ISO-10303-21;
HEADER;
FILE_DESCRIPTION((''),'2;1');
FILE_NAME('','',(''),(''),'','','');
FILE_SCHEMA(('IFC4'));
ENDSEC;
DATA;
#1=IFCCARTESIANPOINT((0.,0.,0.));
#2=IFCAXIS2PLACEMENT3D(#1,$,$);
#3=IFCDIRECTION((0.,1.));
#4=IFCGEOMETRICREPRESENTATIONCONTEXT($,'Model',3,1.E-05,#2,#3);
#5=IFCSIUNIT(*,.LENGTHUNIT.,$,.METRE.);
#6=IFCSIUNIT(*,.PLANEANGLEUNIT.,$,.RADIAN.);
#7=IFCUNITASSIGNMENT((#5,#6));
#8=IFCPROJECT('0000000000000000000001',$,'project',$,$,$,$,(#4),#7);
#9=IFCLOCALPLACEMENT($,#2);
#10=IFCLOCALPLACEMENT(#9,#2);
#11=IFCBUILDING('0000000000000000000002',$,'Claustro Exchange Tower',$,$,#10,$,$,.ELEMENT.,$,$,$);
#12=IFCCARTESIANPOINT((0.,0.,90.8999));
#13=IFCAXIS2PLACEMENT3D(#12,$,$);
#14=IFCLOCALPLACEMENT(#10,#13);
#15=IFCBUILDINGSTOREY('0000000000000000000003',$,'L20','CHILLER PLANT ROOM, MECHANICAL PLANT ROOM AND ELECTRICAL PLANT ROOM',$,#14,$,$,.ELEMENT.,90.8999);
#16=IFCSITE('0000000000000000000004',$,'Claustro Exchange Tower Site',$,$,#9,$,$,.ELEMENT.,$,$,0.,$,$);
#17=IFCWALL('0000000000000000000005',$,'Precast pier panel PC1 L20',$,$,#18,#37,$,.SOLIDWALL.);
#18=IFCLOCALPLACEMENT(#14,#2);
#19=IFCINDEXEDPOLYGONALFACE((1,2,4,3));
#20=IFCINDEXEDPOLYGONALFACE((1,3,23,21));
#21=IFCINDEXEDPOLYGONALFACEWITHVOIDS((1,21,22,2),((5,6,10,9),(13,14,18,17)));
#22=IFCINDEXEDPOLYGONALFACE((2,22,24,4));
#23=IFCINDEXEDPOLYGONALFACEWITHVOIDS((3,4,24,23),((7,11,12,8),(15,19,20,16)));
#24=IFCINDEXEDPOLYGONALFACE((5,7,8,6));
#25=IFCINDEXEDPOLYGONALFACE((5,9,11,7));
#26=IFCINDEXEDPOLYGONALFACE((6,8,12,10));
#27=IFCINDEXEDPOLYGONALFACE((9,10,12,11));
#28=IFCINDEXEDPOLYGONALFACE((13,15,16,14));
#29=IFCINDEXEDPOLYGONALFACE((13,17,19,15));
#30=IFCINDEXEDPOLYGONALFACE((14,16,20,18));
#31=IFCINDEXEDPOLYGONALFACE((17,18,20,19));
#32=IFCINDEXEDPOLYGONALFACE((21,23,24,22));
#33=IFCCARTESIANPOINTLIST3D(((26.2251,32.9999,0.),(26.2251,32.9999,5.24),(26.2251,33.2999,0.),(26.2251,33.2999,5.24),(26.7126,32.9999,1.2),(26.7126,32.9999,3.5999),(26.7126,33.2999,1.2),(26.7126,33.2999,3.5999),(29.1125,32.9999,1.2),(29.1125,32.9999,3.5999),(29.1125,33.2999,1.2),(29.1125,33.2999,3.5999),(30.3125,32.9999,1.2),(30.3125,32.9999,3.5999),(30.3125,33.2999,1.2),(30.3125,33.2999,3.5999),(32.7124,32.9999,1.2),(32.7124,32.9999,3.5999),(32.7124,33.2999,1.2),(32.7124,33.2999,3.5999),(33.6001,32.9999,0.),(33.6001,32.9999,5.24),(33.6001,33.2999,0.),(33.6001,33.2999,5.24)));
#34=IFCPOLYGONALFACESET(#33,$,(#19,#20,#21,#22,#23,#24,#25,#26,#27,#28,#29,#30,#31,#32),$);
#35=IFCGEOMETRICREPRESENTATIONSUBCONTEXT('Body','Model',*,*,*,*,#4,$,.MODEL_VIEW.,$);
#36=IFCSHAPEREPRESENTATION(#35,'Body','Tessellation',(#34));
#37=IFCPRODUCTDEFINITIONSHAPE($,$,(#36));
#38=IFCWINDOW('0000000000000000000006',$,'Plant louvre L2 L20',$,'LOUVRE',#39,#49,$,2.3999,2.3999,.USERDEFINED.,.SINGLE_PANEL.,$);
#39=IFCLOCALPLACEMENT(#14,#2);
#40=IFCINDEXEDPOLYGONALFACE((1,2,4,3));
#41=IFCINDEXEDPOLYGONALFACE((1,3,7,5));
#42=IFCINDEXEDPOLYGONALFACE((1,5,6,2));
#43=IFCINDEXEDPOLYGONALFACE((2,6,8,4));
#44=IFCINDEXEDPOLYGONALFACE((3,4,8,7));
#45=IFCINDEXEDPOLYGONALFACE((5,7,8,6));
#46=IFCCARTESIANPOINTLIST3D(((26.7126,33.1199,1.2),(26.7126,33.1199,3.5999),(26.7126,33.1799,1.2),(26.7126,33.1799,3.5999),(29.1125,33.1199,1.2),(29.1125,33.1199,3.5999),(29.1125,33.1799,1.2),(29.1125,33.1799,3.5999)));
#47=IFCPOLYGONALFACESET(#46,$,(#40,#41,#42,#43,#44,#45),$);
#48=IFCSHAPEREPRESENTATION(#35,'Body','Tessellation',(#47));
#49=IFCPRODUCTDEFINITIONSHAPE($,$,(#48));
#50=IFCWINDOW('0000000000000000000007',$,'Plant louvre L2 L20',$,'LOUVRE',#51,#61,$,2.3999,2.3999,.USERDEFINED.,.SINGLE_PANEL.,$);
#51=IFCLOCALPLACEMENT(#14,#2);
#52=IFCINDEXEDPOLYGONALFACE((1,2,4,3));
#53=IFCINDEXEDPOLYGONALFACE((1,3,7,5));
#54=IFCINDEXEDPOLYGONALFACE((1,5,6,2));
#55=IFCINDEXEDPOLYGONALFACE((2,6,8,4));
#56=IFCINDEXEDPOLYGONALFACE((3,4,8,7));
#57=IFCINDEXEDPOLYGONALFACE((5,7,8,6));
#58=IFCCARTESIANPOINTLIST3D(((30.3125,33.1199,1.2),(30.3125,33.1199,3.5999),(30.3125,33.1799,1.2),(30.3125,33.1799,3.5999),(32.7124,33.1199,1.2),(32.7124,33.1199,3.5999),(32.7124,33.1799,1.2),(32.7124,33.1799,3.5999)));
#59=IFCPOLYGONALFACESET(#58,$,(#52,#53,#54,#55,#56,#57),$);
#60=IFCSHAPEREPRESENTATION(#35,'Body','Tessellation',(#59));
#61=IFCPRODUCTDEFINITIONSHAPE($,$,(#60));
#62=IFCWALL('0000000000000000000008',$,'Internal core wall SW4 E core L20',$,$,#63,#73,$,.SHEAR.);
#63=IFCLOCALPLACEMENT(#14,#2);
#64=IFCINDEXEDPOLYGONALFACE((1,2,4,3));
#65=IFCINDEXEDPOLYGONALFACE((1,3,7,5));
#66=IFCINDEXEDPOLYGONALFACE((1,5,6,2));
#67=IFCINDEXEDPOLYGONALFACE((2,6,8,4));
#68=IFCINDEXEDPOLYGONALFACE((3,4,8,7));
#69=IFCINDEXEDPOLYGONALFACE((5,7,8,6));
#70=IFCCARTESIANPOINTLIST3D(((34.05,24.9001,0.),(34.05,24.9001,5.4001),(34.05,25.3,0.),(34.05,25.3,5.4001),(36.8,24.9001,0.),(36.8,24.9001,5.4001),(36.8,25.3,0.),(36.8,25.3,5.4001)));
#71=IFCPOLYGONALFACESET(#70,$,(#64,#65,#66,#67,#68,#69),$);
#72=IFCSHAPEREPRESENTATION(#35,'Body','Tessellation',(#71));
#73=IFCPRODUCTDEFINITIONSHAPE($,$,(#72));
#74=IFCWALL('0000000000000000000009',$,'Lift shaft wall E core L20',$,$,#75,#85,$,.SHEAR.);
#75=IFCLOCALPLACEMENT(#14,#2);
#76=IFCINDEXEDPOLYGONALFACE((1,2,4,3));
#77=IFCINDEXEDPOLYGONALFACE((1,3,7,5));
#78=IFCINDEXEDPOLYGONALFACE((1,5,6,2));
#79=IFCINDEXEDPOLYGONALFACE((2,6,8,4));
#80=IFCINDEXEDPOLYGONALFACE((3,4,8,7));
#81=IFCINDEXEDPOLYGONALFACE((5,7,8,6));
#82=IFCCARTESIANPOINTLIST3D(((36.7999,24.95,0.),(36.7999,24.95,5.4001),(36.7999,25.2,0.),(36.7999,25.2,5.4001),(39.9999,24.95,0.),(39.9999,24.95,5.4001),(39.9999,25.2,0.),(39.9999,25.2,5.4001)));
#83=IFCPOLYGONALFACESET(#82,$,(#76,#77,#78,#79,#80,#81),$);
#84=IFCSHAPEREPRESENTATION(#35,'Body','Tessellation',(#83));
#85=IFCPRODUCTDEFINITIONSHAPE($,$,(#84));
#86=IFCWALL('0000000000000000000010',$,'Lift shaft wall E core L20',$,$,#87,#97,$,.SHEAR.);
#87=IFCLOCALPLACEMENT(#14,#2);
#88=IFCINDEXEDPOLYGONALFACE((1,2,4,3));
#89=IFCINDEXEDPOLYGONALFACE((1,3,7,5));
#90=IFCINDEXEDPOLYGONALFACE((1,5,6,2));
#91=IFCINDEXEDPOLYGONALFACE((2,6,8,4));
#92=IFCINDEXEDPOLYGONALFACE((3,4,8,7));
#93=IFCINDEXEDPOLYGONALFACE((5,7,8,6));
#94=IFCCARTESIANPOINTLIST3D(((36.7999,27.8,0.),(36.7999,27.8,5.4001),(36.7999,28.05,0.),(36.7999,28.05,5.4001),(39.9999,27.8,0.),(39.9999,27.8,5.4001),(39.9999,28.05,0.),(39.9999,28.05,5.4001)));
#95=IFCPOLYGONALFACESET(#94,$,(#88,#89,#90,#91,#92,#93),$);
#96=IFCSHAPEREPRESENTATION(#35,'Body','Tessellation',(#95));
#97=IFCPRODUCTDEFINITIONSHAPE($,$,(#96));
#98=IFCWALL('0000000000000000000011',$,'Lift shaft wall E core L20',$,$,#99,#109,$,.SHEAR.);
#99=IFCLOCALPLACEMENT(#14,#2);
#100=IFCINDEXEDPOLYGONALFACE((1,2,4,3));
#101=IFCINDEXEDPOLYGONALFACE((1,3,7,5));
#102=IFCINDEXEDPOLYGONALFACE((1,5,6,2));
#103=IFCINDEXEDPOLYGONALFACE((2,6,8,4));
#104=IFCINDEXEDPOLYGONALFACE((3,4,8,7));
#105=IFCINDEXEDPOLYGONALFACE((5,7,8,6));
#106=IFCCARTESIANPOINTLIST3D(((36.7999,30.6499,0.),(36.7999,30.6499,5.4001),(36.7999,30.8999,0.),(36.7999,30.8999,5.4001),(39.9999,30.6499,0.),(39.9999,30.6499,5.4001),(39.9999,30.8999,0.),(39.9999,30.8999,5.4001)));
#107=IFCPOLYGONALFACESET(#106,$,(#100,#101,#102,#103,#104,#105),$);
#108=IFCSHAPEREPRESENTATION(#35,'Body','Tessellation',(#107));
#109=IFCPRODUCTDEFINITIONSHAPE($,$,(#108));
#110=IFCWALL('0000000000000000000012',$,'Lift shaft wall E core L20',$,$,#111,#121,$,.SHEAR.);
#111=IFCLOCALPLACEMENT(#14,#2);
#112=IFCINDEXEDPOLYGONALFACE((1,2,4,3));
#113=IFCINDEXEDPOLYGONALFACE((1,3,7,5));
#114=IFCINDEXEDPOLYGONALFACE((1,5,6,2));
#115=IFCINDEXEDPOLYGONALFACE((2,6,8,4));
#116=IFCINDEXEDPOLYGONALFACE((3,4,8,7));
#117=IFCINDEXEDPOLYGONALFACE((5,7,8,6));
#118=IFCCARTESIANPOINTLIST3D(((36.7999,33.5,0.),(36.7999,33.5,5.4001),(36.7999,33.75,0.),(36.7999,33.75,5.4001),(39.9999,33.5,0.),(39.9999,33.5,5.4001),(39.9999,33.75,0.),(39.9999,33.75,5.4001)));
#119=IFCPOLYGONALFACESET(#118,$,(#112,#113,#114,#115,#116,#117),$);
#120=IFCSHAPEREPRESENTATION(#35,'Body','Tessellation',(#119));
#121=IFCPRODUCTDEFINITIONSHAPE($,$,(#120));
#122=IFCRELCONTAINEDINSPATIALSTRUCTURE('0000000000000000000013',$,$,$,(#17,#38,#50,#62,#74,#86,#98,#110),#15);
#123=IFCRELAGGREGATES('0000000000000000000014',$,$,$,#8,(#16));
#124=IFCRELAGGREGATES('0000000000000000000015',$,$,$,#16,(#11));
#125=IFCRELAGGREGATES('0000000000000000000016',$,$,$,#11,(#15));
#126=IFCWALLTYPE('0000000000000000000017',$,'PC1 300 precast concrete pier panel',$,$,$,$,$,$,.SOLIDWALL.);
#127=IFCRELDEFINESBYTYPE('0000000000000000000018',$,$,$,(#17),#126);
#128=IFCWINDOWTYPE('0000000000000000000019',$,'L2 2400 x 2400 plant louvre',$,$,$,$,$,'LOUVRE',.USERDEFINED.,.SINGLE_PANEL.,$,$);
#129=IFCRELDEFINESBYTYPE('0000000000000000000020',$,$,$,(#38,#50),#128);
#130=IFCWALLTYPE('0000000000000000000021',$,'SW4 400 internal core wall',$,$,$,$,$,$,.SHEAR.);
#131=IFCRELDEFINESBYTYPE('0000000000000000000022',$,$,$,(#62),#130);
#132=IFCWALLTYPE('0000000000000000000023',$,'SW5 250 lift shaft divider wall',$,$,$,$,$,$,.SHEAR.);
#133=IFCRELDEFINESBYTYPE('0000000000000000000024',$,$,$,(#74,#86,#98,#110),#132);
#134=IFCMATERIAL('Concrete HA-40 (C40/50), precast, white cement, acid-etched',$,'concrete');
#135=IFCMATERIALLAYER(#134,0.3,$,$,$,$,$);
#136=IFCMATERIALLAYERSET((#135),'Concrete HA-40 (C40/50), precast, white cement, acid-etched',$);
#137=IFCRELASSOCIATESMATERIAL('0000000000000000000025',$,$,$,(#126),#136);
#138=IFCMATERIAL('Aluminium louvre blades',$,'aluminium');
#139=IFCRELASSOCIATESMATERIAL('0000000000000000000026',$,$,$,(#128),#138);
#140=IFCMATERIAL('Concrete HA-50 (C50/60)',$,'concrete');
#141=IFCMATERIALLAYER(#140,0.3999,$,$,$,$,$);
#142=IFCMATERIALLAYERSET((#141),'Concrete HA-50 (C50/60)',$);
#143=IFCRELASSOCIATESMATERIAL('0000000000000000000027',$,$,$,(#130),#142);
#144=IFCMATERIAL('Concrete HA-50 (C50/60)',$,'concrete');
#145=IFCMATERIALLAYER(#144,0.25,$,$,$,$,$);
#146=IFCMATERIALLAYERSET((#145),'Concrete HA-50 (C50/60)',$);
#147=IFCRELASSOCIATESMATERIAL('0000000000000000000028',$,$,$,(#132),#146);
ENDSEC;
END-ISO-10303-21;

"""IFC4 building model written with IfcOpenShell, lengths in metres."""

from ifc_helpers import new_model, si_unit, direction, frame, frame_2d, origin, place, context, subcontext, project, spatial, rectangle, extrude, material, layer, layer_set, type_object, element, fill, save


model = new_model("IFC4")

# Units and contexts
model_context = context("Model", 3, precision=1e-05, world=origin(), true_north=direction((0.0, 1.0)))
body_context = subcontext(model_context, "Body", "Model", "MODEL_VIEW")
ifc_project = project(units=[si_unit("LENGTHUNIT", "METRE"), si_unit("PLANEANGLEUNIT", "RADIAN")], contexts=[model_context])

# Site, building, storey
site_placement = place(None, origin())
site = spatial("IfcSite", under=ifc_project, at=site_placement, Name="Claustro Exchange Tower Site", CompositionType="ELEMENT", RefElevation=0.0)
building_placement = place(site_placement, origin())
building = spatial("IfcBuilding", under=site, at=building_placement, Name="Claustro Exchange Tower", CompositionType="ELEMENT")
storey_placement = place(building_placement, frame((0.0, 0.0, 90.8999)))
storey = spatial("IfcBuildingStorey", under=building, at=storey_placement, Name="L20", Description="CHILLER PLANT ROOM, MECHANICAL PLANT ROOM AND ELECTRICAL PLANT ROOM", CompositionType="ELEMENT", Elevation=90.8999)

# Wall, openings, windows
ifc_material_1 = material(Name="Concrete HA-40 (C40/50), precast, white cement, acid-etched", Category="concrete")
ifc_layer_1 = layer(ifc_material_1, 0.3)
ifc_layer_set_1 = layer_set([ifc_layer_1], Name="Concrete HA-40 (C40/50), precast, white cement, acid-etched")
wall_type_1 = type_object("IfcWallType", Name="PC1 300 precast concrete pier panel", PredefinedType="SOLIDWALL", material=ifc_layer_set_1)
wall_1_placement = place(storey_placement, frame((26.2251, 33.1499, 0.0), z_axis=(0.0, 0.0, 1.0), x_axis=(1.0, 0.0, 0.0)))
wall_1 = element("IfcWall", 1, at=wall_1_placement, inside=storey, type_object=wall_type_1, Name="Precast pier panel PC1 L20", PredefinedType="SOLIDWALL", context=body_context, shape_type="SweptSolid", body=[
    extrude(rectangle(XDim=7.375, YDim=0.3, at=frame_2d((3.6875, 0.0))), origin(), (0.0, 0.0, 1.0), 5.24),
])
opening_1_placement = place(wall_1_placement, frame((0.4875, 0.0, 1.2)))
opening_1 = element("IfcOpeningElement", 2, at=opening_1_placement, cuts=wall_1, PredefinedType="OPENING", context=body_context, shape_type="SweptSolid", body=[
    extrude(rectangle(XDim=2.3999, YDim=2.3999, at=frame_2d((1.2, 1.2))), frame((0.0, 0.1599, 0.0), z_axis=(0.0, -1.0, 0.0), x_axis=(1.0, 0.0, 0.0)), (0.0, 0.0, 1.0), 0.3201),
])
opening_2_placement = place(wall_1_placement, frame((4.0874, 0.0, 1.2)))
opening_2 = element("IfcOpeningElement", 3, at=opening_2_placement, cuts=wall_1, PredefinedType="OPENING", context=body_context, shape_type="SweptSolid", body=[
    extrude(rectangle(XDim=2.3999, YDim=2.3999, at=frame_2d((1.2, 1.2))), frame((0.0, 0.1599, 0.0), z_axis=(0.0, -1.0, 0.0), x_axis=(1.0, 0.0, 0.0)), (0.0, 0.0, 1.0), 0.3201),
])
ifc_material_2 = material(Name="Aluminium louvre blades", Category="aluminium")
window_type = type_object("IfcWindowType", Name="L2 2400 x 2400 plant louvre", ElementType="LOUVRE", PartitioningType="SINGLE_PANEL", PredefinedType="USERDEFINED", material=ifc_material_2)
window_1_placement = place(opening_1_placement, origin())
window_1 = element("IfcWindow", 4, at=window_1_placement, inside=storey, type_object=window_type, Name="Plant louvre L2 L20", ObjectType="LOUVRE", OverallHeight=2.3999, OverallWidth=2.3999, PartitioningType="SINGLE_PANEL", PredefinedType="USERDEFINED", context=body_context, shape_type="SweptSolid", body=[
    extrude(rectangle(XDim=2.3999, YDim=2.3999, at=frame_2d((1.2, 1.2))), frame((0.0, 0.03, 0.0), z_axis=(0.0, -1.0, 0.0), x_axis=(1.0, 0.0, 0.0)), (0.0, 0.0, 1.0), 0.0601),
])
fill(opening_1, window_1)
window_2_placement = place(opening_2_placement, origin())
window_2 = element("IfcWindow", 5, at=window_2_placement, inside=storey, type_object=window_type, Name="Plant louvre L2 L20", ObjectType="LOUVRE", OverallHeight=2.3999, OverallWidth=2.3999, PartitioningType="SINGLE_PANEL", PredefinedType="USERDEFINED", context=body_context, shape_type="SweptSolid", body=[
    extrude(rectangle(XDim=2.3999, YDim=2.3999, at=frame_2d((1.2, 1.2))), frame((0.0, 0.03, 0.0), z_axis=(0.0, -1.0, 0.0), x_axis=(1.0, 0.0, 0.0)), (0.0, 0.0, 1.0), 0.0601),
])
fill(opening_2, window_2)

# Walls
ifc_material_3 = material(Name="Concrete HA-50 (C50/60)", Category="concrete")
ifc_layer_2 = layer(ifc_material_3, 0.3999)
ifc_layer_set_2 = layer_set([ifc_layer_2], Name="Concrete HA-50 (C50/60)")
wall_type_2 = type_object("IfcWallType", Name="SW4 400 internal core wall", PredefinedType="SHEAR", material=ifc_layer_set_2)
wall_2_placement = place(storey_placement, frame((36.8, 25.1001, 0.0), z_axis=(0.0, 0.0, 1.0), x_axis=(-1.0, 0.0, 0.0)))
element("IfcWall", 6, at=wall_2_placement, inside=storey, type_object=wall_type_2, Name="Internal core wall SW4 E core L20", PredefinedType="SHEAR", context=body_context, shape_type="SweptSolid", body=[
    extrude(rectangle(XDim=2.75, YDim=0.3999, at=frame_2d((1.375, 0.0))), origin(), (0.0, 0.0, 1.0), 5.4001),
])
ifc_material_4 = material(Name="Concrete HA-50 (C50/60)", Category="concrete")
ifc_layer_3 = layer(ifc_material_4, 0.25)
ifc_layer_set_3 = layer_set([ifc_layer_3], Name="Concrete HA-50 (C50/60)")
wall_type_3 = type_object("IfcWallType", Name="SW5 250 lift shaft divider wall", PredefinedType="SHEAR", material=ifc_layer_set_3)
for number, where, z_axis, x_axis, name in (
    (7, (40.0, 25.075, 0.0), (0.0, 0.0, 1.0), (-1.0, 0.0, 0.0), "Lift shaft wall E core L20"),
    (8, (40.0, 27.925, 0.0), (0.0, 0.0, 1.0), (-1.0, 0.0, 0.0), "Lift shaft wall E core L20"),
    (9, (40.0, 30.7749, 0.0), (0.0, 0.0, 1.0), (-1.0, 0.0, 0.0), "Lift shaft wall E core L20"),
    (10, (40.0, 33.625, 0.0), (0.0, 0.0, 1.0), (-1.0, 0.0, 0.0), "Lift shaft wall E core L20"),
):
    element("IfcWall", number, at=place(storey_placement, frame(where, z_axis=z_axis, x_axis=x_axis)), inside=storey, type_object=wall_type_3, Name=name, PredefinedType="SHEAR", context=body_context, shape_type="SweptSolid", body=[
        extrude(rectangle(XDim=3.2, YDim=0.25, at=frame_2d((1.6001, 0.0))), origin(), (0.0, 0.0, 1.0), 5.4001),
    ])

save(model, "model.ifc")
